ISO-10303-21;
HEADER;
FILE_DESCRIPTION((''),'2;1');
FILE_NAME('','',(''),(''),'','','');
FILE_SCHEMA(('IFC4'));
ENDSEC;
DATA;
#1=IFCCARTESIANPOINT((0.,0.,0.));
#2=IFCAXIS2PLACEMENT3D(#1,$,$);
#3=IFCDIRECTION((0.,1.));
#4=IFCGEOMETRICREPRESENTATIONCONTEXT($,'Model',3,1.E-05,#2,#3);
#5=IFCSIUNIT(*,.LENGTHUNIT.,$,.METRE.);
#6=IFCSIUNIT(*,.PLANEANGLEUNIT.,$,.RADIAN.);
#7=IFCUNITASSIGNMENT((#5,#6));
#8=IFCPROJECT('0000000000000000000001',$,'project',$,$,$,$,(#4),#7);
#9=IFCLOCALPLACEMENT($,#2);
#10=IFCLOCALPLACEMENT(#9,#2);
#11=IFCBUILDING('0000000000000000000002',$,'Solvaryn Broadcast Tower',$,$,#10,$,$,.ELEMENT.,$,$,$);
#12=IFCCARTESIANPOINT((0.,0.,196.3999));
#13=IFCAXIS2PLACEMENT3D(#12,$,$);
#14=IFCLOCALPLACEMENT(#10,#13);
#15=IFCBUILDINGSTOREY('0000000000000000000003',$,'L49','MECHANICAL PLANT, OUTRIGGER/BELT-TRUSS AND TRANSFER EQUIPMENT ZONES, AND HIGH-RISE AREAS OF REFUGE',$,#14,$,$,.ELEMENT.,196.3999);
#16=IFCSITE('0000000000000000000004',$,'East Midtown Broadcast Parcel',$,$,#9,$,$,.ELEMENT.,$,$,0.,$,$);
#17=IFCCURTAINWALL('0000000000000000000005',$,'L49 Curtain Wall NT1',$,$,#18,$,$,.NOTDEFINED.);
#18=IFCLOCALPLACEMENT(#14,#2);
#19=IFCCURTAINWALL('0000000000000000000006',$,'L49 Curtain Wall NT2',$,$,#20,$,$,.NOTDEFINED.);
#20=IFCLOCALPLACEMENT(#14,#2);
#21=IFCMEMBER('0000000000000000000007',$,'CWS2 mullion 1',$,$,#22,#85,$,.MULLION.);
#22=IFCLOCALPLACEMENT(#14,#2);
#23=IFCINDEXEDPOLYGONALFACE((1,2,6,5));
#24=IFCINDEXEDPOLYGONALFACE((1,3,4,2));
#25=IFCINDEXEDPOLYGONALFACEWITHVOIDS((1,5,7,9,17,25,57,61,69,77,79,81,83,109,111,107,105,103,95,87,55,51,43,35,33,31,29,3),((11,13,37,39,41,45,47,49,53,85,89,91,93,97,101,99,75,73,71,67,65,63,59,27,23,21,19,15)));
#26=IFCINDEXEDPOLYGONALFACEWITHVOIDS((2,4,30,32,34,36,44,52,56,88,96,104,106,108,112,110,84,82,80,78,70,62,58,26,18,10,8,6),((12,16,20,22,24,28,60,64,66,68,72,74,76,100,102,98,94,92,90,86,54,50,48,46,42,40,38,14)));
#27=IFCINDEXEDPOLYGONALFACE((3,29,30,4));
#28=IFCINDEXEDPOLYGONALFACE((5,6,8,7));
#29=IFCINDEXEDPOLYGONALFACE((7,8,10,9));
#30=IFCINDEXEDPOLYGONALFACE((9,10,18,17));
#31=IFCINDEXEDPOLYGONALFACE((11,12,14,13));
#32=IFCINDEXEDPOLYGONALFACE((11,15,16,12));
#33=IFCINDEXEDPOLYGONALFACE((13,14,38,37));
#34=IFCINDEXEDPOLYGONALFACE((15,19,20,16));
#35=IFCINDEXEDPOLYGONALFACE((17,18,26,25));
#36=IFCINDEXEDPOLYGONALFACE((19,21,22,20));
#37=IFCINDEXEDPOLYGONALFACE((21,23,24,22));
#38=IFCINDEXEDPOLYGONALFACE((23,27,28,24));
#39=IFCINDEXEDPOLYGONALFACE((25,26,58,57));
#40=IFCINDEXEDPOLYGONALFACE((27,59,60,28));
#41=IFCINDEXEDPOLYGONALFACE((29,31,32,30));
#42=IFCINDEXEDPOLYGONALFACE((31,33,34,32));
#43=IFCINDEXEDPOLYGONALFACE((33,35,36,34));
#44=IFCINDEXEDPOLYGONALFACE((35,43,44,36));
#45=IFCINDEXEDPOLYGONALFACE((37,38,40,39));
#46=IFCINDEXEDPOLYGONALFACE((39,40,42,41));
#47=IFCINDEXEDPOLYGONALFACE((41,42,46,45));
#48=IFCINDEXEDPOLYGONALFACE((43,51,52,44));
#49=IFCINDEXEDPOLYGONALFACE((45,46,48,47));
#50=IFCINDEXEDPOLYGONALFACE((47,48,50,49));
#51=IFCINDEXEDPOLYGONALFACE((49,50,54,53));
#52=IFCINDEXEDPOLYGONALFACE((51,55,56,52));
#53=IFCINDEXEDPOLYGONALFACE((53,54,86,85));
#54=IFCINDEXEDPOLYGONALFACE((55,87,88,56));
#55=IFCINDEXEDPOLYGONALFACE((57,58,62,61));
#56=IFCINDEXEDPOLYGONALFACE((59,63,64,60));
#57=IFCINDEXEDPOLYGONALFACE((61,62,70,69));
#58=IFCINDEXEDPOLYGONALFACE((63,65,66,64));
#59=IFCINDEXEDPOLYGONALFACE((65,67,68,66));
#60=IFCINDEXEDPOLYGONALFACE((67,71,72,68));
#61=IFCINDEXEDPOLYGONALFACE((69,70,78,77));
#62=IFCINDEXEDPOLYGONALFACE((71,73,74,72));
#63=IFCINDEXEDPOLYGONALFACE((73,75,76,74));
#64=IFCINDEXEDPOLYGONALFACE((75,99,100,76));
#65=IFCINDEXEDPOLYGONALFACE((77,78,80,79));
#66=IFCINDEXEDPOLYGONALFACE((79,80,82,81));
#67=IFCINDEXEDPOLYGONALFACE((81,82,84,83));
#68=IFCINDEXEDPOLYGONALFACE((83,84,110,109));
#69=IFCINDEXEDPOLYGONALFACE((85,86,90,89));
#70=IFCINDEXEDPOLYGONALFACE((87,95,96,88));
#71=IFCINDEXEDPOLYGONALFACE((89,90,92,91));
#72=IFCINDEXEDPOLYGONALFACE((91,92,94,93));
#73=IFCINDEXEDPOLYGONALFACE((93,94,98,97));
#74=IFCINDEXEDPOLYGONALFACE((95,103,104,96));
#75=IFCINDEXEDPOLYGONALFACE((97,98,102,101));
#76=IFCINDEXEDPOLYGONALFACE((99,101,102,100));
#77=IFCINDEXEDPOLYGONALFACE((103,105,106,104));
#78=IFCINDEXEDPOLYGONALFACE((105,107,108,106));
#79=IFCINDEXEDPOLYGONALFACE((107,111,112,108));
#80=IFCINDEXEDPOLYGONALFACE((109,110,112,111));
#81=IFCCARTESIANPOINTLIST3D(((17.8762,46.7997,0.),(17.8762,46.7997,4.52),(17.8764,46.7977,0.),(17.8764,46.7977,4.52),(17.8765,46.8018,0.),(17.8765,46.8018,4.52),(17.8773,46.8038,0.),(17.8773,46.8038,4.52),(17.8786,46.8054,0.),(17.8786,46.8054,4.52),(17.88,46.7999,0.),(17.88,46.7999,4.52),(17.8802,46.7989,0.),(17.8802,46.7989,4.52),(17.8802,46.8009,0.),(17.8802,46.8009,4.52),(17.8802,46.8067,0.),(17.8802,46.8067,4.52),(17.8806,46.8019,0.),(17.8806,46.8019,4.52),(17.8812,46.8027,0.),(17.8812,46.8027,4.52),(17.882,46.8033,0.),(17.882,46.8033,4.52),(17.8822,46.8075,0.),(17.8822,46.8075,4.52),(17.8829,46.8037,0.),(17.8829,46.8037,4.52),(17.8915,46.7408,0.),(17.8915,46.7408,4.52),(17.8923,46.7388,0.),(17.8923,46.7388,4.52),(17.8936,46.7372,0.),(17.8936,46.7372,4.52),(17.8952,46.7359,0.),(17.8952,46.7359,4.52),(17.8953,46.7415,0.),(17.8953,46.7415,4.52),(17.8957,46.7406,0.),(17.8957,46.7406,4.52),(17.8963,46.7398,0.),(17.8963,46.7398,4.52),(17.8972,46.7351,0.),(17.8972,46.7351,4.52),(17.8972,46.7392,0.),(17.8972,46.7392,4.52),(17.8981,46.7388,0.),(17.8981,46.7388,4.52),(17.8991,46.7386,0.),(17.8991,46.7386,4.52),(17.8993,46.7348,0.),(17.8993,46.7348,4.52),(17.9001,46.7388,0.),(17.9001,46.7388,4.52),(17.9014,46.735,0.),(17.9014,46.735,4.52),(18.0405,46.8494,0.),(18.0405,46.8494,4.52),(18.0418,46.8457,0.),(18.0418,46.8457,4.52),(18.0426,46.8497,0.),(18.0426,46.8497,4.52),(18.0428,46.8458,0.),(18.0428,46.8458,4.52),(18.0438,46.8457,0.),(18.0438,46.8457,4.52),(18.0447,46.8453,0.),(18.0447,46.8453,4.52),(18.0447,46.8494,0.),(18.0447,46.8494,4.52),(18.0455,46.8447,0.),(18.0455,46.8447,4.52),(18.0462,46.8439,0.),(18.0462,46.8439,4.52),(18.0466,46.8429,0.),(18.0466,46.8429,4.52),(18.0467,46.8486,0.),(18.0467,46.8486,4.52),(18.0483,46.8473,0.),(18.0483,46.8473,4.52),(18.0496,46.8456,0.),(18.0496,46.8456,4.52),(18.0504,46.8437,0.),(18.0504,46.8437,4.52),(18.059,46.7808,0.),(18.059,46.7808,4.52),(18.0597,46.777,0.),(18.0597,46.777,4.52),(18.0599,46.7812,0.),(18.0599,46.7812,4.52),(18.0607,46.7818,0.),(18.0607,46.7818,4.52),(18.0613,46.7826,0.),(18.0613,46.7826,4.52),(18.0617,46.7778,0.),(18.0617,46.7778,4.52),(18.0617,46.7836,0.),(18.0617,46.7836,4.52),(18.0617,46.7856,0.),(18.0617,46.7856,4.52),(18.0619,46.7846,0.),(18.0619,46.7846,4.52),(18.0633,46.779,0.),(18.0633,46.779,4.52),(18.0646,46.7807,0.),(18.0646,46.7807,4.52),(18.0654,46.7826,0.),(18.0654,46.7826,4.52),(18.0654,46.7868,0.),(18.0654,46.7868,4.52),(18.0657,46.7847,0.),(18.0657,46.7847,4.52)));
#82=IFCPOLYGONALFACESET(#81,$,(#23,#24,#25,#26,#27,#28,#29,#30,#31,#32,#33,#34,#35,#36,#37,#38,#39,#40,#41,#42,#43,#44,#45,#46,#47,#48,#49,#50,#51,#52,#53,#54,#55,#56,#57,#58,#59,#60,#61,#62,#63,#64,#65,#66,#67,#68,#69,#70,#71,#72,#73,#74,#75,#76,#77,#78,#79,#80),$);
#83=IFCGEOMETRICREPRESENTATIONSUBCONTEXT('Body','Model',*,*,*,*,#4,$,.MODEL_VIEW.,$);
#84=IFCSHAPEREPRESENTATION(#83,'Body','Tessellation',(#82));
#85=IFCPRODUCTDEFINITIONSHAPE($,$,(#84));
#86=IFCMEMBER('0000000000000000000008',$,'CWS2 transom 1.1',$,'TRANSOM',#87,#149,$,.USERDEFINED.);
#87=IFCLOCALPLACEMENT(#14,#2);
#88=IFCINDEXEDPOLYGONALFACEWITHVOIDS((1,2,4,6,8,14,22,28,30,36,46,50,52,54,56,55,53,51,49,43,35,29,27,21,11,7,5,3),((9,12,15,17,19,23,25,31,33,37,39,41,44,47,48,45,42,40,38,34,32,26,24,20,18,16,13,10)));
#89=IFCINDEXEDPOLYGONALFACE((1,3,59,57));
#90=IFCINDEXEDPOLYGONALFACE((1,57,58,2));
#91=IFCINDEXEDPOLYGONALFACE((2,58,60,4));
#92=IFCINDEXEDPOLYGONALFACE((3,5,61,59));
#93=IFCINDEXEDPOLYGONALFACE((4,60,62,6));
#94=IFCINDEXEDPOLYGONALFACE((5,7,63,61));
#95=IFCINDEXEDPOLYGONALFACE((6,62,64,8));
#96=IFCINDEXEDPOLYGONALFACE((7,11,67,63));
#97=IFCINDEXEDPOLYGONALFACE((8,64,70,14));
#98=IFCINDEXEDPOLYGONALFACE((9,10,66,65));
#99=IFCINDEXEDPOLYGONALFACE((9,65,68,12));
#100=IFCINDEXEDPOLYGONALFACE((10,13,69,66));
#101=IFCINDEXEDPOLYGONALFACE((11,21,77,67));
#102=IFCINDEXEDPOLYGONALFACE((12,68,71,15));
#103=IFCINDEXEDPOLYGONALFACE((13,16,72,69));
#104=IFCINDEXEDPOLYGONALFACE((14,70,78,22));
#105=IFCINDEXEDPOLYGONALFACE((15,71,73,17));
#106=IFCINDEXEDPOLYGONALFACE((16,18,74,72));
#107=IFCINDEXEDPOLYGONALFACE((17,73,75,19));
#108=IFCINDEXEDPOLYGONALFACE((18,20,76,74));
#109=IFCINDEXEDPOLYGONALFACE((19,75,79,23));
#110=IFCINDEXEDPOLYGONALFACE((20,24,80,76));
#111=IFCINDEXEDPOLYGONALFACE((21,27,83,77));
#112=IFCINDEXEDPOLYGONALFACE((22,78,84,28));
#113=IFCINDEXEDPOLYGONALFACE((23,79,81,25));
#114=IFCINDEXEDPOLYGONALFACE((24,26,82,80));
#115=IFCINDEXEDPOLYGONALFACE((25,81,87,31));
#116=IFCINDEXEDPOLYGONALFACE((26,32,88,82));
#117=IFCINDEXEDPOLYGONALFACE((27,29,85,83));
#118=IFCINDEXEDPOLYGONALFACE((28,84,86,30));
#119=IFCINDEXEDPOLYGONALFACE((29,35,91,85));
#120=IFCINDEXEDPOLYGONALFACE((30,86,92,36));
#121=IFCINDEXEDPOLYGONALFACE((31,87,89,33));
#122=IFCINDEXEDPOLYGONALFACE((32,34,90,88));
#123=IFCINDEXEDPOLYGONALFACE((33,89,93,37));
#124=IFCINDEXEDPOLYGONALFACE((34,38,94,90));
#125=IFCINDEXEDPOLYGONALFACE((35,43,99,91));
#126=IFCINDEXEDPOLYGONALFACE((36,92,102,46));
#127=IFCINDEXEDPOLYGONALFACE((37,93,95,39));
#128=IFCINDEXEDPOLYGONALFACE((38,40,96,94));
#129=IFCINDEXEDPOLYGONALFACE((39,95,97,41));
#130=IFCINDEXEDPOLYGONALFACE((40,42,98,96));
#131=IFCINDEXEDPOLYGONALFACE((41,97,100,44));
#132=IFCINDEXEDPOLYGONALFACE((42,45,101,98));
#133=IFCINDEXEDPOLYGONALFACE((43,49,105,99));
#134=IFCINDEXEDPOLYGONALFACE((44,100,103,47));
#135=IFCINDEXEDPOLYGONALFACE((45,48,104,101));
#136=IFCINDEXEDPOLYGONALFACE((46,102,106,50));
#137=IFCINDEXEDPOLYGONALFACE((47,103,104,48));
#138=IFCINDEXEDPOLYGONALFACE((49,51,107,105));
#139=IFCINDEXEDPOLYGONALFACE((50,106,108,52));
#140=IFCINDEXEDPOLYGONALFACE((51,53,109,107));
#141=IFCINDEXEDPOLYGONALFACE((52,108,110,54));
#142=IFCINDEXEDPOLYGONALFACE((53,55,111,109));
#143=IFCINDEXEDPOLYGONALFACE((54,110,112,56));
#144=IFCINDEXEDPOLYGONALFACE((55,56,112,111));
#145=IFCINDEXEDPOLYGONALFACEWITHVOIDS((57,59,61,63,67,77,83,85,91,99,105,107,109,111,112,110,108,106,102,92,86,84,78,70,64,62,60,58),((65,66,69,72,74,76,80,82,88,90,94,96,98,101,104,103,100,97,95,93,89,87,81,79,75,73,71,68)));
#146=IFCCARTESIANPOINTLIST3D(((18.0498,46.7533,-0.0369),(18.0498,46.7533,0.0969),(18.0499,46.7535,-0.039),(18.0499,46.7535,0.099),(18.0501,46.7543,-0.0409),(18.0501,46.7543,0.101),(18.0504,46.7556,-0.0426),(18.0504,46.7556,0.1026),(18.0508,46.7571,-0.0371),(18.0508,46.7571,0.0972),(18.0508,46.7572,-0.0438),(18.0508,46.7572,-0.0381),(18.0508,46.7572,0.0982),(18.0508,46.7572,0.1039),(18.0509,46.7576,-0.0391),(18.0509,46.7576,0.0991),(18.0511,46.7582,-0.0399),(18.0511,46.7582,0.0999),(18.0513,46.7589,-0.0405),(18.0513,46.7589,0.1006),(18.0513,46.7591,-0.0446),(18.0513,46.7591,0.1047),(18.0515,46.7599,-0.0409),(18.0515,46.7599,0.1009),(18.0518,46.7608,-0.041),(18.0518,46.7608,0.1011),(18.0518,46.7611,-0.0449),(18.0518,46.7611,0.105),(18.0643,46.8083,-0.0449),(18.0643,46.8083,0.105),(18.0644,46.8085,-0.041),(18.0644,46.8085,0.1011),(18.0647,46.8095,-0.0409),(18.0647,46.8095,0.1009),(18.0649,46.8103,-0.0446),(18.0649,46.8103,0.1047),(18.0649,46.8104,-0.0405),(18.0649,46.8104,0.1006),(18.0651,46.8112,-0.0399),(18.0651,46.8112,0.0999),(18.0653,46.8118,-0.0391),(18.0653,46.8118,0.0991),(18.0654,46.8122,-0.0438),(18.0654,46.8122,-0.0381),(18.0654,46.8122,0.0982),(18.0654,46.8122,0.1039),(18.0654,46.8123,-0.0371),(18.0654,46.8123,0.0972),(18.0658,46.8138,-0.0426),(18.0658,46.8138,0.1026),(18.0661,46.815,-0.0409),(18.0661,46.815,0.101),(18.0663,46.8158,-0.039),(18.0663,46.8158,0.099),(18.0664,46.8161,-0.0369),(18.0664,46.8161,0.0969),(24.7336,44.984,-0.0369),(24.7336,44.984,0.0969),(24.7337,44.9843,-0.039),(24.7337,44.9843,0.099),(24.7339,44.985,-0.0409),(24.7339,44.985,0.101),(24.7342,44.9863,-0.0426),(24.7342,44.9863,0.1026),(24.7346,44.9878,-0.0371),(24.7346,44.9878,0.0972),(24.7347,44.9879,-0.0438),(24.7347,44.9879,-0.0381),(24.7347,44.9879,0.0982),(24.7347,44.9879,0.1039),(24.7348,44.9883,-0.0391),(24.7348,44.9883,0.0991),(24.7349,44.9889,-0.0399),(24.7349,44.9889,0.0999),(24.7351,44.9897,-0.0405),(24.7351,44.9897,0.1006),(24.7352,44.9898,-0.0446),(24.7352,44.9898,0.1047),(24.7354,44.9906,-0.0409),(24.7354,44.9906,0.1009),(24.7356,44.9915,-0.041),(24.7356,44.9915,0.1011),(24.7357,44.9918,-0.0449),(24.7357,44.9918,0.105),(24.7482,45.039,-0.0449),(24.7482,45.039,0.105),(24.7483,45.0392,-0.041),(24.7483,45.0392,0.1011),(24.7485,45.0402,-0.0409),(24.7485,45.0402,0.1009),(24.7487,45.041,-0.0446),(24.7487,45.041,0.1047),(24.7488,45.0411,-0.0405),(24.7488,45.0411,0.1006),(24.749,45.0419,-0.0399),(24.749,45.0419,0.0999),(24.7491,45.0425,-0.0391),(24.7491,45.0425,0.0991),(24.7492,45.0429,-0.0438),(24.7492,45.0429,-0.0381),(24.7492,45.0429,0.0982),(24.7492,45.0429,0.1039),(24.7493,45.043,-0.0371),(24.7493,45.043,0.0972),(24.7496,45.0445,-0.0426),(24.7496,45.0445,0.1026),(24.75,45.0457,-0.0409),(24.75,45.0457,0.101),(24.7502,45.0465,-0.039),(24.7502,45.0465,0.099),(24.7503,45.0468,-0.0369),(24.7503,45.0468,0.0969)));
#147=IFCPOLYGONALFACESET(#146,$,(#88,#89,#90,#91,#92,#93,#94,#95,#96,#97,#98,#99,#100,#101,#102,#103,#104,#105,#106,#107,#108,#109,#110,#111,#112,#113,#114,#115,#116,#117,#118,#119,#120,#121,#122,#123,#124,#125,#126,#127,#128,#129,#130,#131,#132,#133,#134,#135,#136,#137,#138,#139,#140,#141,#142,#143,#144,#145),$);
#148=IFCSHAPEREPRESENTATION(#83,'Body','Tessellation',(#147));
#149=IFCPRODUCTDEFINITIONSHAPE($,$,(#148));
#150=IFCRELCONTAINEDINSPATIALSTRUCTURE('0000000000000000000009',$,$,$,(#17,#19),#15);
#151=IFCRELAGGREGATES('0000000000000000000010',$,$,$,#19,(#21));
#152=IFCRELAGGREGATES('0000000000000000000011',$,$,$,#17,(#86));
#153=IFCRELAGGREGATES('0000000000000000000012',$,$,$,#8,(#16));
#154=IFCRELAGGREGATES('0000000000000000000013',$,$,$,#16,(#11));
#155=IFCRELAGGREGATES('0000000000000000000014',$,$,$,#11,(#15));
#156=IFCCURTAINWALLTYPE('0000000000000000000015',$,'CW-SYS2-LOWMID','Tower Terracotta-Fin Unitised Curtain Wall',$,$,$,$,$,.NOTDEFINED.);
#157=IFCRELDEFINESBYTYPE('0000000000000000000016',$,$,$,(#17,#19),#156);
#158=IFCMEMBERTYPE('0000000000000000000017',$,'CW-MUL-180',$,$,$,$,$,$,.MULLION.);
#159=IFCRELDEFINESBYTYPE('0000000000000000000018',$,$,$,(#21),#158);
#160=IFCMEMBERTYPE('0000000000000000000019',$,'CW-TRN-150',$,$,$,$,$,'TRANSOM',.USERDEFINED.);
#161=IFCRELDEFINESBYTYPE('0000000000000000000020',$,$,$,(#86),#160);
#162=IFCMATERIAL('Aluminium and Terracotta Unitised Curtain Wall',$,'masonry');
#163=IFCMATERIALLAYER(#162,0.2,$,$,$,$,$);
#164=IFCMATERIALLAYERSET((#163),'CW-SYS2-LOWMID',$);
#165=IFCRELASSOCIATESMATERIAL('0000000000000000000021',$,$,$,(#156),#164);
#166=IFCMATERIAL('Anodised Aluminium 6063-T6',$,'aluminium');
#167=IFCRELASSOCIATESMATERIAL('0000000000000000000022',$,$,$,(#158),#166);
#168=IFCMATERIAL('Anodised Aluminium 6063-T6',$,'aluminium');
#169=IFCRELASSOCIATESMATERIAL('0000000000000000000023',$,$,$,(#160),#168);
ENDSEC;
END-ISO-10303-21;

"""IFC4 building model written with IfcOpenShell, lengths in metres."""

from ifc_helpers import new_model, si_unit, direction, frame, origin, origin_2d, place, context, subcontext, project, spatial, hollow_rectangle, extrude, material, layer, layer_set, material_profile, profile_set, type_object, element, aggregate, save


model = new_model("IFC4")

# Units and contexts
model_context = context("Model", 3, precision=1e-05, world=origin(), true_north=direction((0.0, 1.0)))
body_context = subcontext(model_context, "Body", "Model", "MODEL_VIEW")
ifc_project = project(units=[si_unit("LENGTHUNIT", "METRE"), si_unit("PLANEANGLEUNIT", "RADIAN")], contexts=[model_context])

# Site, building, storey
site_placement = place(None, origin())
site = spatial("IfcSite", under=ifc_project, at=site_placement, Name="East Midtown Broadcast Parcel", CompositionType="ELEMENT", RefElevation=0.0)
building_placement = place(site_placement, origin())
building = spatial("IfcBuilding", under=site, at=building_placement, Name="Solvaryn Broadcast Tower", CompositionType="ELEMENT")
storey_placement = place(building_placement, frame((0.0, 0.0, 196.3999)))
storey = spatial("IfcBuildingStorey", under=building, at=storey_placement, Name="L49", Description="MECHANICAL PLANT, OUTRIGGER/BELT-TRUSS AND TRANSFER EQUIPMENT ZONES, AND HIGH-RISE AREAS OF REFUGE", CompositionType="ELEMENT", Elevation=196.3999)

# Curtain wall
ifc_material_1 = material(Name="Aluminium and Terracotta Unitised Curtain Wall", Category="masonry")
ifc_layer_1 = layer(ifc_material_1, 0.2)
ifc_layer_set_1 = layer_set([ifc_layer_1], Name="CW-SYS2-LOWMID")
curtain_wall_type = type_object("IfcCurtainWallType", Name="CW-SYS2-LOWMID", Description="Tower Terracotta-Fin Unitised Curtain Wall", PredefinedType="NOTDEFINED", material=ifc_layer_set_1)
curtain_wall_1_placement = place(storey_placement, origin())
curtain_wall_1 = element("IfcCurtainWall", 1, at=curtain_wall_1_placement, inside=storey, type_object=curtain_wall_type, Name="L49 Curtain Wall NT1", PredefinedType="NOTDEFINED")
ifc_material_2 = material(Name="Anodised Aluminium 6063-T6", Category="aluminium")
ifc_material_profile_1 = material_profile(ifc_material_2, hollow_rectangle(XDim=0.075, YDim=0.1799, WallThickness=0.0039, InnerFilletRadius=0.0039, OuterFilletRadius=0.0081, at=origin_2d()))
ifc_profile_set_1 = profile_set([ifc_material_profile_1], Name="Anodised Aluminium 6063-T6")
member_type_1 = type_object("IfcMemberType", Name="CW-MUL-180", PredefinedType="MULLION", material=ifc_profile_set_1)

# Curtain wall, member
curtain_wall_2_placement = place(storey_placement, origin())
curtain_wall_2 = element("IfcCurtainWall", 2, at=curtain_wall_2_placement, inside=storey, type_object=curtain_wall_type, Name="L49 Curtain Wall NT2", PredefinedType="NOTDEFINED")
member_1_placement = place(storey_placement, frame((17.9709, 46.7922, 0.0), z_axis=(0.0, 0.0, 1.0), x_axis=(0.255893, -0.966705, 0.0)))
member_1 = element("IfcMember", 3, at=member_1_placement, type_object=member_type_1, Name="CWS2 mullion 1", PredefinedType="MULLION", context=body_context, shape_type="SweptSolid", body=[
    extrude(hollow_rectangle(XDim=0.075, YDim=0.1799, WallThickness=0.0039, InnerFilletRadius=0.0039, OuterFilletRadius=0.0081, at=origin_2d()), origin(), (0.0, 0.0, 1.0), 4.52),
])

# Member
ifc_material_3 = material(Name="Anodised Aluminium 6063-T6", Category="aluminium")
ifc_material_profile_2 = material_profile(ifc_material_3, hollow_rectangle(XDim=0.0649, YDim=0.1499, WallThickness=0.0039, InnerFilletRadius=0.0039, OuterFilletRadius=0.0081, at=origin_2d()))
ifc_profile_set_2 = profile_set([ifc_material_profile_2], Name="Anodised Aluminium 6063-T6")
member_type_2 = type_object("IfcMemberType", Name="CW-TRN-150", ElementType="TRANSOM", PredefinedType="USERDEFINED", material=ifc_profile_set_2)
member_2_placement = place(storey_placement, frame((24.7419, 45.0154, 0.03), z_axis=(-0.966704, 0.255897, 0.0), x_axis=(-0.255897, -0.966704, 0.0)))
member_2 = element("IfcMember", 4, at=member_2_placement, type_object=member_type_2, Name="CWS2 transom 1.1", ObjectType="TRANSOM", PredefinedType="USERDEFINED", context=body_context, shape_type="SweptSolid", body=[
    extrude(hollow_rectangle(XDim=0.0649, YDim=0.1499, WallThickness=0.0039, InnerFilletRadius=0.0039, OuterFilletRadius=0.0081, at=origin_2d()), origin(), (0.0, 0.0, 1.0), 6.9141),
])
aggregate(curtain_wall_2, [member_1])

aggregate(curtain_wall_1, [member_2])

save(model, "model.ifc")
